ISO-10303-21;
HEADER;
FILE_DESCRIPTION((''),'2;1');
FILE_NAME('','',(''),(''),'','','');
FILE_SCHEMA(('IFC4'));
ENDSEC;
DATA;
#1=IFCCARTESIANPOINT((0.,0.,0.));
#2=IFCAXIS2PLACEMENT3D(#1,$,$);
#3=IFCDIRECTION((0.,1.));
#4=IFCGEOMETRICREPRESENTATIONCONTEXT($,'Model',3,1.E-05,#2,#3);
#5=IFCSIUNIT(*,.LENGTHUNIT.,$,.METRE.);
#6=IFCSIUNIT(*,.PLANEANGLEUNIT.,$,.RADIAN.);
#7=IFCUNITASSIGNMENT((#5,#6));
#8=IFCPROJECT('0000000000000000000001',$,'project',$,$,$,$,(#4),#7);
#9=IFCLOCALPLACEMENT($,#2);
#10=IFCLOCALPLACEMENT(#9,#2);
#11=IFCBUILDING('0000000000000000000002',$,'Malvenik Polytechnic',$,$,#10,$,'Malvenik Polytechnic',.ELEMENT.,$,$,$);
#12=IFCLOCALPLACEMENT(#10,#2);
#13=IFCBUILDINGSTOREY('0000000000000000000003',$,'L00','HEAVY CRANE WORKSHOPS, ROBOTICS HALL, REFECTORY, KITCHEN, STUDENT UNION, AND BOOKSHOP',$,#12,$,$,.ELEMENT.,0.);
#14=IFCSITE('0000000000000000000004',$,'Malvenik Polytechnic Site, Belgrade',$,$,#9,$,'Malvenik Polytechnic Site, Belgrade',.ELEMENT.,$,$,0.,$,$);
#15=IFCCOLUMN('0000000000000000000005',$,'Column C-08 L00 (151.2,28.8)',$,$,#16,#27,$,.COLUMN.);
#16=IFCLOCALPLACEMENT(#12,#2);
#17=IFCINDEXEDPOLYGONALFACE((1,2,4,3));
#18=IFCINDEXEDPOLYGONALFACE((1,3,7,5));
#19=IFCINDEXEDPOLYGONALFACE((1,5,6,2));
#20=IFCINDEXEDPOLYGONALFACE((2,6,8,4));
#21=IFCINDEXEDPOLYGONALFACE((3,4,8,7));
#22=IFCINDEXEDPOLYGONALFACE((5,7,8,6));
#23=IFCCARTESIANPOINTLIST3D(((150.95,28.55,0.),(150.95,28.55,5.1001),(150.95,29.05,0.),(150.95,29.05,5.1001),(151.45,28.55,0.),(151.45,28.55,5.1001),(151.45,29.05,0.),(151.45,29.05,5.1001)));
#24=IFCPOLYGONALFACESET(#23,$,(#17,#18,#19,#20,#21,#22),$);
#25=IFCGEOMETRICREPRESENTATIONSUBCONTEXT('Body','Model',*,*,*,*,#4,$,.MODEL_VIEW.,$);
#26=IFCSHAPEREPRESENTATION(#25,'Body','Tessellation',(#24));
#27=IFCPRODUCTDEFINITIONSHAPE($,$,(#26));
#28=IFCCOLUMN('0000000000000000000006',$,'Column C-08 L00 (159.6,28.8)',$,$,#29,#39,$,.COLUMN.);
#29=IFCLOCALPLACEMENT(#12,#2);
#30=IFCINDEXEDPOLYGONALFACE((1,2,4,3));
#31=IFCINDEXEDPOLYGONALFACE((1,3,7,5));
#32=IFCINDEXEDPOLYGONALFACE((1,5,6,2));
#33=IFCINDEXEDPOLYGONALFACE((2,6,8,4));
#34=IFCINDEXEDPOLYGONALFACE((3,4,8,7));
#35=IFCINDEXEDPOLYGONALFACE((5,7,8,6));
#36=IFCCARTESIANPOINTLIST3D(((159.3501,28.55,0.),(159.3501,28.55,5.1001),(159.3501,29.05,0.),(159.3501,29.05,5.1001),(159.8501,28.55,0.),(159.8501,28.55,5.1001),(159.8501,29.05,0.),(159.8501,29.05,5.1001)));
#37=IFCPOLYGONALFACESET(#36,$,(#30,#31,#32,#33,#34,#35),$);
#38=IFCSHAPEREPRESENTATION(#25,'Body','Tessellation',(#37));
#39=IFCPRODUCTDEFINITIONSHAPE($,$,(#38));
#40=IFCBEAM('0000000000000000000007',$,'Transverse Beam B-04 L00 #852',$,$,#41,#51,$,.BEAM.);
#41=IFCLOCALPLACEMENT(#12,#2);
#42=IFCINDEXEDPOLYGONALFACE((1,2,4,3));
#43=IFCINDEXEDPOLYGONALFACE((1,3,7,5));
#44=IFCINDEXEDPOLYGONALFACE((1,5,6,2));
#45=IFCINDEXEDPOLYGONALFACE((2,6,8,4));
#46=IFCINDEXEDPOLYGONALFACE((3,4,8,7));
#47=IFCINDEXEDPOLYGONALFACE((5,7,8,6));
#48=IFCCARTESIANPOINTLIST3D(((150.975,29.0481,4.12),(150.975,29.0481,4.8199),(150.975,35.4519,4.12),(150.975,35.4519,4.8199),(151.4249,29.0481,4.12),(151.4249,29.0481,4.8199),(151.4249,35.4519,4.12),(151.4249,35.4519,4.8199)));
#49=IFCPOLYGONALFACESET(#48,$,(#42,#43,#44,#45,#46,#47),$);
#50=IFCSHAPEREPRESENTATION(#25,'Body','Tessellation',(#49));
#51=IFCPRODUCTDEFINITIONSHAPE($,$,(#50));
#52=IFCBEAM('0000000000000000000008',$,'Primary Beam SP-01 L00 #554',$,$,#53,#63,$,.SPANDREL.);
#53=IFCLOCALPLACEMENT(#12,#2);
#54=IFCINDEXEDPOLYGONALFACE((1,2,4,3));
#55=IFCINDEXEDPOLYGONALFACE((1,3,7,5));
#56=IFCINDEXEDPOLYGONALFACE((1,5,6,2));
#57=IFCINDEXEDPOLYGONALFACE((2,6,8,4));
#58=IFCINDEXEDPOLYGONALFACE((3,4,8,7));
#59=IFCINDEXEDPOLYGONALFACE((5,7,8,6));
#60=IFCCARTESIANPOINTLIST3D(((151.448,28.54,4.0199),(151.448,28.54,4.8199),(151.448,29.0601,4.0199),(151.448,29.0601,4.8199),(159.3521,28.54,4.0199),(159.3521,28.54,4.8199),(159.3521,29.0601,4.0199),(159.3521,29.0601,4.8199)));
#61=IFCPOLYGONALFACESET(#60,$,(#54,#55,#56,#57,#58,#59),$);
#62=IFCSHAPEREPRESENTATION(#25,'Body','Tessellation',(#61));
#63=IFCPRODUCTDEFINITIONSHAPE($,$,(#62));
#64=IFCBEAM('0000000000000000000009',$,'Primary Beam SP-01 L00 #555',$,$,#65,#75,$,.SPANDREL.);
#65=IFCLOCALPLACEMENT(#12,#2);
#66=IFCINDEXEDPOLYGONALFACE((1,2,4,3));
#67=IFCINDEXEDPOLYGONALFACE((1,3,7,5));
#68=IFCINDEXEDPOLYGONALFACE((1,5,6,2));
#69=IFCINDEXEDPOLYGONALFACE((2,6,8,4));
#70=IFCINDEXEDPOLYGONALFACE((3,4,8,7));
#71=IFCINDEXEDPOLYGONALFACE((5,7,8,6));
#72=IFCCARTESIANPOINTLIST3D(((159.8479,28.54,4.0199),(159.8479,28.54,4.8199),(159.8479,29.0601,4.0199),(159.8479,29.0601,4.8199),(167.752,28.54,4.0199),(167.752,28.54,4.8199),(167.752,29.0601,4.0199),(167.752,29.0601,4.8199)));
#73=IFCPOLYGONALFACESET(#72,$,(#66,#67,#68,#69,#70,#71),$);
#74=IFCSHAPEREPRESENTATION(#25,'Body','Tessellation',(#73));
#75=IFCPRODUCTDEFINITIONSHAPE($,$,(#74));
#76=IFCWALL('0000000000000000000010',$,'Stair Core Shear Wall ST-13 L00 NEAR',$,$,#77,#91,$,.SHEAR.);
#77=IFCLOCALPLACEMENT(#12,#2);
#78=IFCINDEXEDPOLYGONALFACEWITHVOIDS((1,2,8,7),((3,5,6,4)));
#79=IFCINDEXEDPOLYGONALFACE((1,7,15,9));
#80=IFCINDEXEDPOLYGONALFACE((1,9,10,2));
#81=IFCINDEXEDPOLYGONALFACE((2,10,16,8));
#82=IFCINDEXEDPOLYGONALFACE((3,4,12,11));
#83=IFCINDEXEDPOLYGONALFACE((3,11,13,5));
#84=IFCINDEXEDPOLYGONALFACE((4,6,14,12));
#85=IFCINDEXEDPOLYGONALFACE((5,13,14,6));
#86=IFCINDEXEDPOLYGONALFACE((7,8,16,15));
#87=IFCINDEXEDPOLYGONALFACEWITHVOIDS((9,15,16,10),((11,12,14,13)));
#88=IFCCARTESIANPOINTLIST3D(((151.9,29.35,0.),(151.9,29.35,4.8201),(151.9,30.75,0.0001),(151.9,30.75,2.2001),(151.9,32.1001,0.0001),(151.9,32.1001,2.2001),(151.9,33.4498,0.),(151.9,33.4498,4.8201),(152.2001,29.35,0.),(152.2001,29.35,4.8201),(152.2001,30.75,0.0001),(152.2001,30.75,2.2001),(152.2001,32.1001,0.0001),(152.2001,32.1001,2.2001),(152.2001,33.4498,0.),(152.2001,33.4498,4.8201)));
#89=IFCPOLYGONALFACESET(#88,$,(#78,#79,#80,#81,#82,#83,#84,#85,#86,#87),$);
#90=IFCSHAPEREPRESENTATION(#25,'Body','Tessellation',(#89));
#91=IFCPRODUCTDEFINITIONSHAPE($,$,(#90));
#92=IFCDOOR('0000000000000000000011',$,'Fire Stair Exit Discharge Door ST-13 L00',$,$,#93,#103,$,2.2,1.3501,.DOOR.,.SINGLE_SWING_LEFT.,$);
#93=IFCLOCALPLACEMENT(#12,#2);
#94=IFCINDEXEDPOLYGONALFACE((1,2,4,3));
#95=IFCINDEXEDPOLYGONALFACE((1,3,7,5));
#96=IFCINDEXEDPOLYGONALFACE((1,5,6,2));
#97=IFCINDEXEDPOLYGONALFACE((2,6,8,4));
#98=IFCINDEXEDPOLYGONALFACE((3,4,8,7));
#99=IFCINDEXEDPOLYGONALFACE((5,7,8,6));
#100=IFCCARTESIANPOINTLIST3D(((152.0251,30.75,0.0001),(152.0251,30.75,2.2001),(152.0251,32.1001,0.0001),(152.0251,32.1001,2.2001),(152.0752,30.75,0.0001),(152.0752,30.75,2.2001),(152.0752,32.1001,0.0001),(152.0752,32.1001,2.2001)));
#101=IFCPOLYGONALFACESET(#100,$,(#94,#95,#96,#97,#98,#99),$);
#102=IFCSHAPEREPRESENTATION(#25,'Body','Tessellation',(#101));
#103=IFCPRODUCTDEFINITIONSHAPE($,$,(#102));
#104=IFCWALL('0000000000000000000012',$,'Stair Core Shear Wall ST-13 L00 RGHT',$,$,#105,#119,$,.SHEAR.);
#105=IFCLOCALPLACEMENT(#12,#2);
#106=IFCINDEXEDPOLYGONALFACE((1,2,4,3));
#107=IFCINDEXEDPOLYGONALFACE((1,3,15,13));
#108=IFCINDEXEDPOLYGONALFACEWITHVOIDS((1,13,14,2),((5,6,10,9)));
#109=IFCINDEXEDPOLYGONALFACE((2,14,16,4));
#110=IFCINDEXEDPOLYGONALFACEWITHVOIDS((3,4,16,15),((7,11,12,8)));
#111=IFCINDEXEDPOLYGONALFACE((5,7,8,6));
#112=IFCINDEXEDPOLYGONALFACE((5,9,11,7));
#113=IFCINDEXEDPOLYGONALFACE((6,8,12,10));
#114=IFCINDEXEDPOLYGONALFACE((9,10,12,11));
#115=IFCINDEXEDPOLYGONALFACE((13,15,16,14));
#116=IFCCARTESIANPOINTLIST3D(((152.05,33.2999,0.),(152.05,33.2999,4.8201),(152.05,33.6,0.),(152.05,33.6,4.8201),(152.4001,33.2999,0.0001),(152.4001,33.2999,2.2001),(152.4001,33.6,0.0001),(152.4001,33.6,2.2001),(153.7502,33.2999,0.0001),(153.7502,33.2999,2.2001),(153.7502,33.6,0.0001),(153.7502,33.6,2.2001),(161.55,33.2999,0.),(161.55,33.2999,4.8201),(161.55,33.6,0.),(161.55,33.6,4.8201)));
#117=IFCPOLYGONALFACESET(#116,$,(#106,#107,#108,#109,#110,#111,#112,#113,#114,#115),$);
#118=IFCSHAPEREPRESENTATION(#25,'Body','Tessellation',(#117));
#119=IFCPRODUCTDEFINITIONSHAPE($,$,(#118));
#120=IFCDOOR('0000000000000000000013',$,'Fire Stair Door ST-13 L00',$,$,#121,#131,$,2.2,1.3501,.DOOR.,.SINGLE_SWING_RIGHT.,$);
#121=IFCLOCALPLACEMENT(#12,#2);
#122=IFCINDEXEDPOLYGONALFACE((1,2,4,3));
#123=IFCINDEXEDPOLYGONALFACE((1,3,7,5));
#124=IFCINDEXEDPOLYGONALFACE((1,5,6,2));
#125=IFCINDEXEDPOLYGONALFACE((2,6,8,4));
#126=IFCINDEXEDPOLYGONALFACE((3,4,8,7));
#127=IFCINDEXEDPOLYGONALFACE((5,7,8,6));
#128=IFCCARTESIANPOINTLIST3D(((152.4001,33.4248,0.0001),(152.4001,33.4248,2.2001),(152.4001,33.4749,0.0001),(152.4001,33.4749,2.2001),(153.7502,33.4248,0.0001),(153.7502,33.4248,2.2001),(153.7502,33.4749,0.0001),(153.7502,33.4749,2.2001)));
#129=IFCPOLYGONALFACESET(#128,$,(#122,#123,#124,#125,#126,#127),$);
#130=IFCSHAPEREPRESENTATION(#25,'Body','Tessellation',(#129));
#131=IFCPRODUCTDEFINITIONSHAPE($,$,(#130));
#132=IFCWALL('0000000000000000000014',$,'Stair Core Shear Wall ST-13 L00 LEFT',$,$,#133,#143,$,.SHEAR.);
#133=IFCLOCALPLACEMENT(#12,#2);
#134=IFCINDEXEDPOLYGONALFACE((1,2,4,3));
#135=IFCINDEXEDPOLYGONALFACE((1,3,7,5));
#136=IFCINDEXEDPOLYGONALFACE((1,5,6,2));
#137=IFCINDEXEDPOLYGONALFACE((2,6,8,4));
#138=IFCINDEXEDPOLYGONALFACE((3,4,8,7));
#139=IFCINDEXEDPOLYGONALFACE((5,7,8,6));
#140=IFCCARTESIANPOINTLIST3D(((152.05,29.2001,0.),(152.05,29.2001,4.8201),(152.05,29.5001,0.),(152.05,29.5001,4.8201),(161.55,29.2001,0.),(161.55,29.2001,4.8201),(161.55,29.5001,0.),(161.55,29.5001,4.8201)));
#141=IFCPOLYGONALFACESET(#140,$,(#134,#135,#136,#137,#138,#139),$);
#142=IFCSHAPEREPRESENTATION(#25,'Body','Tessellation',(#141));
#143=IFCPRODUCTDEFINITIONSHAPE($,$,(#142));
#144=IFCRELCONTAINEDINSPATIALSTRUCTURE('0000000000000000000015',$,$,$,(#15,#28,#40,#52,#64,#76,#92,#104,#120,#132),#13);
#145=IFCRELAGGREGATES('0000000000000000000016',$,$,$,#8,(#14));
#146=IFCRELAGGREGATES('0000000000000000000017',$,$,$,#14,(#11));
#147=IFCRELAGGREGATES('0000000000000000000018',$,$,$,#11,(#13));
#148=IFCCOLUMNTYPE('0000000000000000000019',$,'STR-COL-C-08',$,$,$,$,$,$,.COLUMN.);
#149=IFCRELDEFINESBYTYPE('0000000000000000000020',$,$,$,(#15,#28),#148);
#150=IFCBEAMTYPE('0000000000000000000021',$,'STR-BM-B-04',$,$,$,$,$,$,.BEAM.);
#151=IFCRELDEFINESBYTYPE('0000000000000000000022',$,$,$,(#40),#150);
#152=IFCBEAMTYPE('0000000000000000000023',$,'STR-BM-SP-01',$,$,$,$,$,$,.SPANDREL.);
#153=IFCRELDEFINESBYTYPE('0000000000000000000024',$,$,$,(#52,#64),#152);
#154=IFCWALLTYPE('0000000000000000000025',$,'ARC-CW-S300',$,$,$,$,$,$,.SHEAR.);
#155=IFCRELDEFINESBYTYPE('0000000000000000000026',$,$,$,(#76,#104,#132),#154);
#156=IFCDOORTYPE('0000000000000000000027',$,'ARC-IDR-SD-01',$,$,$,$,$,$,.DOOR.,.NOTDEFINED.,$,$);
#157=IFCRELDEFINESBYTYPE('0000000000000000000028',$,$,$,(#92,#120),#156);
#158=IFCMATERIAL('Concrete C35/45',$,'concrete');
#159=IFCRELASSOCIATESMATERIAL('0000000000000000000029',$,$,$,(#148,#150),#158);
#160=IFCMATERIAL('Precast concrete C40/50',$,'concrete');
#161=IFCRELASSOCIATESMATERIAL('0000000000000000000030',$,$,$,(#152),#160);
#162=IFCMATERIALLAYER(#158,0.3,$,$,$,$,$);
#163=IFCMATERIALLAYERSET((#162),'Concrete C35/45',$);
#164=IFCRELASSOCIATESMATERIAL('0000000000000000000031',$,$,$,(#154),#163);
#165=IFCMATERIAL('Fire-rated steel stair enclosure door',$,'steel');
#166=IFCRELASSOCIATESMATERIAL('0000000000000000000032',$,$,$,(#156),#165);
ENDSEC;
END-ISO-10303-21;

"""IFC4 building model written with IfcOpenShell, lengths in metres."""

from ifc_helpers import new_model, si_unit, direction, frame, frame_2d, origin, origin_2d, place, context, subcontext, project, spatial, rectangle, extrude, material, layer, layer_set, material_profile, profile_set, type_object, element, fill, save


model = new_model("IFC4")

# Units and contexts
model_context = context("Model", 3, precision=1e-05, world=origin(), true_north=direction((0.0, 1.0)))
body_context = subcontext(model_context, "Body", "Model", "MODEL_VIEW")
ifc_project = project(units=[si_unit("LENGTHUNIT", "METRE"), si_unit("PLANEANGLEUNIT", "RADIAN")], contexts=[model_context])

# Site, building, storey
site_placement = place(None, origin())
site = spatial("IfcSite", under=ifc_project, at=site_placement, Name="Malvenik Polytechnic Site, Belgrade", LongName="Malvenik Polytechnic Site, Belgrade", CompositionType="ELEMENT", RefElevation=0.0)
building_placement = place(site_placement, origin())
building = spatial("IfcBuilding", under=site, at=building_placement, Name="Malvenik Polytechnic", LongName="Malvenik Polytechnic", CompositionType="ELEMENT")
storey_placement = place(building_placement, origin())
storey = spatial("IfcBuildingStorey", under=building, at=storey_placement, Name="L00", Description="HEAVY CRANE WORKSHOPS, ROBOTICS HALL, REFECTORY, KITCHEN, STUDENT UNION, AND BOOKSHOP", CompositionType="ELEMENT", Elevation=0.0)

# Columns
ifc_material_1 = material(Name="Concrete C35/45", Category="concrete")
ifc_material_profile_1 = material_profile(ifc_material_1, rectangle(XDim=0.5, YDim=0.5, at=origin_2d()), Name="RC COL 500x500")
ifc_profile_set_1 = profile_set([ifc_material_profile_1], Name="Concrete C35/45")
column_type = type_object("IfcColumnType", Name="STR-COL-C-08", PredefinedType="COLUMN", material=ifc_profile_set_1)
for number, where, z_axis, x_axis, name in (
    (1, (151.2, 28.8, 0.0), (0.0, 0.0, 1.0), (1.0, 0.0, 0.0), "Column C-08 L00 (151.2,28.8)"),
    (2, (159.6001, 28.8, 0.0), (0.0, 0.0, 1.0), (1.0, 0.0, 0.0), "Column C-08 L00 (159.6,28.8)"),
):
    element("IfcColumn", number, at=place(storey_placement, frame(where, z_axis=z_axis, x_axis=x_axis)), inside=storey, type_object=column_type, Name=name, PredefinedType="COLUMN", context=body_context, shape_type="SweptSolid", body=[
        extrude(rectangle(XDim=0.5, YDim=0.5, at=origin_2d()), origin(), (0.0, 0.0, 1.0), 5.1001),
    ])

# Beams
ifc_material_profile_2 = material_profile(ifc_material_1, rectangle(XDim=0.45, YDim=0.7, at=origin_2d()), Name="RC BM 450x700")
ifc_profile_set_2 = profile_set([ifc_material_profile_2], Name="Concrete C35/45")
beam_type_1 = type_object("IfcBeamType", Name="STR-BM-B-04", PredefinedType="BEAM", material=ifc_profile_set_2)
beam_placement = place(storey_placement, frame((151.2, 29.0481, 4.47), z_axis=(0.0, 1.0, 0.0), x_axis=(-1.0, 0.0, 0.0)))
element("IfcBeam", 3, at=beam_placement, inside=storey, type_object=beam_type_1, Name="Transverse Beam B-04 L00 #852", PredefinedType="BEAM", context=body_context, shape_type="SweptSolid", body=[
    extrude(rectangle(XDim=0.45, YDim=0.7, at=origin_2d()), origin(), (0.0, 0.0, 1.0), 6.4038),
])
ifc_material_2 = material(Name="Precast concrete C40/50", Category="concrete")
ifc_material_profile_3 = material_profile(ifc_material_2, rectangle(XDim=0.52, YDim=0.8, at=origin_2d()), Name="PC SPN 520x800")
ifc_profile_set_3 = profile_set([ifc_material_profile_3], Name="Precast concrete C40/50")
beam_type_2 = type_object("IfcBeamType", Name="STR-BM-SP-01", PredefinedType="SPANDREL", material=ifc_profile_set_3)
for number, where, z_axis, x_axis, name in (
    (4, (151.448, 28.8, 4.4199), (1.0, 0.0, 0.0), (0.0, 1.0, 0.0), "Primary Beam SP-01 L00 #554"),
    (5, (159.8479, 28.8, 4.4199), (1.0, 0.0, 0.0), (0.0, 1.0, 0.0), "Primary Beam SP-01 L00 #555"),
):
    element("IfcBeam", number, at=place(storey_placement, frame(where, z_axis=z_axis, x_axis=x_axis)), inside=storey, type_object=beam_type_2, Name=name, PredefinedType="SPANDREL", context=body_context, shape_type="SweptSolid", body=[
        extrude(rectangle(XDim=0.52, YDim=0.8, at=origin_2d()), origin(), (0.0, 0.0, 1.0), 7.9041),
    ])

# Walls, openings, doors
ifc_layer_1 = layer(ifc_material_1, 0.3)
ifc_layer_set_1 = layer_set([ifc_layer_1], Name="Concrete C35/45")
wall_type_1 = type_object("IfcWallType", Name="ARC-CW-S300", PredefinedType="SHEAR", material=ifc_layer_set_1)
wall_1_placement = place(storey_placement, frame((152.05, 29.3501, 0.0), z_axis=(0.0, 0.0, 1.0), x_axis=(0.0, 1.0, 0.0)))
wall_1 = element("IfcWall", 6, at=wall_1_placement, inside=storey, type_object=wall_type_1, Name="Stair Core Shear Wall ST-13 L00 NEAR", PredefinedType="SHEAR", context=body_context, shape_type="SweptSolid", body=[
    extrude(rectangle(XDim=4.0999, YDim=0.3, at=frame_2d((2.0498, 0.0))), origin(), (0.0, 0.0, 1.0), 4.8201),
])
opening_1_placement = place(wall_1_placement, frame((1.3999, 0.0, 0.0)))
opening_1 = element("IfcOpeningElement", 7, at=opening_1_placement, cuts=wall_1, PredefinedType="OPENING", context=body_context, shape_type="SweptSolid", body=[
    extrude(rectangle(XDim=1.3501, YDim=2.2, at=frame_2d((0.675, 1.1001))), frame((0.0, 0.1602, 0.0), z_axis=(0.0, -1.0, 0.0), x_axis=(1.0, 0.0, 0.0)), (0.0, 0.0, 1.0), 0.3201),
])
ifc_material_3 = material(Name="Fire-rated steel stair enclosure door", Category="steel")
door_type = type_object("IfcDoorType", Name="ARC-IDR-SD-01", OperationType="NOTDEFINED", PredefinedType="DOOR", material=ifc_material_3)
door_1_placement = place(opening_1_placement, origin())
door_1 = element("IfcDoor", 8, at=door_1_placement, inside=storey, type_object=door_type, Name="Fire Stair Exit Discharge Door ST-13 L00", OperationType="SINGLE_SWING_LEFT", OverallHeight=2.2, OverallWidth=1.3501, PredefinedType="DOOR", context=body_context, shape_type="SweptSolid", body=[
    extrude(rectangle(XDim=1.3501, YDim=2.2, at=frame_2d((0.675, 1.1001))), frame((0.0, 0.0249, 0.0), z_axis=(0.0, -1.0, 0.0), x_axis=(1.0, 0.0, 0.0)), (0.0, 0.0, 1.0), 0.05),
])
fill(opening_1, door_1)
wall_2_placement = place(storey_placement, frame((152.05, 33.45, 0.0), z_axis=(0.0, 0.0, 1.0), x_axis=(1.0, 0.0, 0.0)))
wall_2 = element("IfcWall", 9, at=wall_2_placement, inside=storey, type_object=wall_type_1, Name="Stair Core Shear Wall ST-13 L00 RGHT", PredefinedType="SHEAR", context=body_context, shape_type="SweptSolid", body=[
    extrude(rectangle(XDim=9.5, YDim=0.3, at=frame_2d((4.75, 0.0))), origin(), (0.0, 0.0, 1.0), 4.8201),
])
opening_2_placement = place(wall_2_placement, frame((0.3501, 0.0, 0.0)))
opening_2 = element("IfcOpeningElement", 10, at=opening_2_placement, cuts=wall_2, PredefinedType="OPENING", context=body_context, shape_type="SweptSolid", body=[
    extrude(rectangle(XDim=1.3501, YDim=2.2, at=frame_2d((0.675, 1.1001))), frame((0.0, 0.1602, 0.0), z_axis=(0.0, -1.0, 0.0), x_axis=(1.0, 0.0, 0.0)), (0.0, 0.0, 1.0), 0.3201),
])
door_2_placement = place(opening_2_placement, origin())
door_2 = element("IfcDoor", 11, at=door_2_placement, inside=storey, type_object=door_type, Name="Fire Stair Door ST-13 L00", OperationType="SINGLE_SWING_RIGHT", OverallHeight=2.2, OverallWidth=1.3501, PredefinedType="DOOR", context=body_context, shape_type="SweptSolid", body=[
    extrude(rectangle(XDim=1.3501, YDim=2.2, at=frame_2d((0.675, 1.1001))), frame((0.0, 0.0249, 0.0), z_axis=(0.0, -1.0, 0.0), x_axis=(1.0, 0.0, 0.0)), (0.0, 0.0, 1.0), 0.05),
])
fill(opening_2, door_2)

# Wall
wall_3_placement = place(storey_placement, frame((161.55, 29.3501, 0.0), z_axis=(0.0, 0.0, 1.0), x_axis=(-1.0, 0.0, 0.0)))
element("IfcWall", 12, at=wall_3_placement, inside=storey, type_object=wall_type_1, Name="Stair Core Shear Wall ST-13 L00 LEFT", PredefinedType="SHEAR", context=body_context, shape_type="SweptSolid", body=[
    extrude(rectangle(XDim=9.5, YDim=0.3, at=frame_2d((4.75, 0.0))), origin(), (0.0, 0.0, 1.0), 4.8201),
])

save(model, "model.ifc")
